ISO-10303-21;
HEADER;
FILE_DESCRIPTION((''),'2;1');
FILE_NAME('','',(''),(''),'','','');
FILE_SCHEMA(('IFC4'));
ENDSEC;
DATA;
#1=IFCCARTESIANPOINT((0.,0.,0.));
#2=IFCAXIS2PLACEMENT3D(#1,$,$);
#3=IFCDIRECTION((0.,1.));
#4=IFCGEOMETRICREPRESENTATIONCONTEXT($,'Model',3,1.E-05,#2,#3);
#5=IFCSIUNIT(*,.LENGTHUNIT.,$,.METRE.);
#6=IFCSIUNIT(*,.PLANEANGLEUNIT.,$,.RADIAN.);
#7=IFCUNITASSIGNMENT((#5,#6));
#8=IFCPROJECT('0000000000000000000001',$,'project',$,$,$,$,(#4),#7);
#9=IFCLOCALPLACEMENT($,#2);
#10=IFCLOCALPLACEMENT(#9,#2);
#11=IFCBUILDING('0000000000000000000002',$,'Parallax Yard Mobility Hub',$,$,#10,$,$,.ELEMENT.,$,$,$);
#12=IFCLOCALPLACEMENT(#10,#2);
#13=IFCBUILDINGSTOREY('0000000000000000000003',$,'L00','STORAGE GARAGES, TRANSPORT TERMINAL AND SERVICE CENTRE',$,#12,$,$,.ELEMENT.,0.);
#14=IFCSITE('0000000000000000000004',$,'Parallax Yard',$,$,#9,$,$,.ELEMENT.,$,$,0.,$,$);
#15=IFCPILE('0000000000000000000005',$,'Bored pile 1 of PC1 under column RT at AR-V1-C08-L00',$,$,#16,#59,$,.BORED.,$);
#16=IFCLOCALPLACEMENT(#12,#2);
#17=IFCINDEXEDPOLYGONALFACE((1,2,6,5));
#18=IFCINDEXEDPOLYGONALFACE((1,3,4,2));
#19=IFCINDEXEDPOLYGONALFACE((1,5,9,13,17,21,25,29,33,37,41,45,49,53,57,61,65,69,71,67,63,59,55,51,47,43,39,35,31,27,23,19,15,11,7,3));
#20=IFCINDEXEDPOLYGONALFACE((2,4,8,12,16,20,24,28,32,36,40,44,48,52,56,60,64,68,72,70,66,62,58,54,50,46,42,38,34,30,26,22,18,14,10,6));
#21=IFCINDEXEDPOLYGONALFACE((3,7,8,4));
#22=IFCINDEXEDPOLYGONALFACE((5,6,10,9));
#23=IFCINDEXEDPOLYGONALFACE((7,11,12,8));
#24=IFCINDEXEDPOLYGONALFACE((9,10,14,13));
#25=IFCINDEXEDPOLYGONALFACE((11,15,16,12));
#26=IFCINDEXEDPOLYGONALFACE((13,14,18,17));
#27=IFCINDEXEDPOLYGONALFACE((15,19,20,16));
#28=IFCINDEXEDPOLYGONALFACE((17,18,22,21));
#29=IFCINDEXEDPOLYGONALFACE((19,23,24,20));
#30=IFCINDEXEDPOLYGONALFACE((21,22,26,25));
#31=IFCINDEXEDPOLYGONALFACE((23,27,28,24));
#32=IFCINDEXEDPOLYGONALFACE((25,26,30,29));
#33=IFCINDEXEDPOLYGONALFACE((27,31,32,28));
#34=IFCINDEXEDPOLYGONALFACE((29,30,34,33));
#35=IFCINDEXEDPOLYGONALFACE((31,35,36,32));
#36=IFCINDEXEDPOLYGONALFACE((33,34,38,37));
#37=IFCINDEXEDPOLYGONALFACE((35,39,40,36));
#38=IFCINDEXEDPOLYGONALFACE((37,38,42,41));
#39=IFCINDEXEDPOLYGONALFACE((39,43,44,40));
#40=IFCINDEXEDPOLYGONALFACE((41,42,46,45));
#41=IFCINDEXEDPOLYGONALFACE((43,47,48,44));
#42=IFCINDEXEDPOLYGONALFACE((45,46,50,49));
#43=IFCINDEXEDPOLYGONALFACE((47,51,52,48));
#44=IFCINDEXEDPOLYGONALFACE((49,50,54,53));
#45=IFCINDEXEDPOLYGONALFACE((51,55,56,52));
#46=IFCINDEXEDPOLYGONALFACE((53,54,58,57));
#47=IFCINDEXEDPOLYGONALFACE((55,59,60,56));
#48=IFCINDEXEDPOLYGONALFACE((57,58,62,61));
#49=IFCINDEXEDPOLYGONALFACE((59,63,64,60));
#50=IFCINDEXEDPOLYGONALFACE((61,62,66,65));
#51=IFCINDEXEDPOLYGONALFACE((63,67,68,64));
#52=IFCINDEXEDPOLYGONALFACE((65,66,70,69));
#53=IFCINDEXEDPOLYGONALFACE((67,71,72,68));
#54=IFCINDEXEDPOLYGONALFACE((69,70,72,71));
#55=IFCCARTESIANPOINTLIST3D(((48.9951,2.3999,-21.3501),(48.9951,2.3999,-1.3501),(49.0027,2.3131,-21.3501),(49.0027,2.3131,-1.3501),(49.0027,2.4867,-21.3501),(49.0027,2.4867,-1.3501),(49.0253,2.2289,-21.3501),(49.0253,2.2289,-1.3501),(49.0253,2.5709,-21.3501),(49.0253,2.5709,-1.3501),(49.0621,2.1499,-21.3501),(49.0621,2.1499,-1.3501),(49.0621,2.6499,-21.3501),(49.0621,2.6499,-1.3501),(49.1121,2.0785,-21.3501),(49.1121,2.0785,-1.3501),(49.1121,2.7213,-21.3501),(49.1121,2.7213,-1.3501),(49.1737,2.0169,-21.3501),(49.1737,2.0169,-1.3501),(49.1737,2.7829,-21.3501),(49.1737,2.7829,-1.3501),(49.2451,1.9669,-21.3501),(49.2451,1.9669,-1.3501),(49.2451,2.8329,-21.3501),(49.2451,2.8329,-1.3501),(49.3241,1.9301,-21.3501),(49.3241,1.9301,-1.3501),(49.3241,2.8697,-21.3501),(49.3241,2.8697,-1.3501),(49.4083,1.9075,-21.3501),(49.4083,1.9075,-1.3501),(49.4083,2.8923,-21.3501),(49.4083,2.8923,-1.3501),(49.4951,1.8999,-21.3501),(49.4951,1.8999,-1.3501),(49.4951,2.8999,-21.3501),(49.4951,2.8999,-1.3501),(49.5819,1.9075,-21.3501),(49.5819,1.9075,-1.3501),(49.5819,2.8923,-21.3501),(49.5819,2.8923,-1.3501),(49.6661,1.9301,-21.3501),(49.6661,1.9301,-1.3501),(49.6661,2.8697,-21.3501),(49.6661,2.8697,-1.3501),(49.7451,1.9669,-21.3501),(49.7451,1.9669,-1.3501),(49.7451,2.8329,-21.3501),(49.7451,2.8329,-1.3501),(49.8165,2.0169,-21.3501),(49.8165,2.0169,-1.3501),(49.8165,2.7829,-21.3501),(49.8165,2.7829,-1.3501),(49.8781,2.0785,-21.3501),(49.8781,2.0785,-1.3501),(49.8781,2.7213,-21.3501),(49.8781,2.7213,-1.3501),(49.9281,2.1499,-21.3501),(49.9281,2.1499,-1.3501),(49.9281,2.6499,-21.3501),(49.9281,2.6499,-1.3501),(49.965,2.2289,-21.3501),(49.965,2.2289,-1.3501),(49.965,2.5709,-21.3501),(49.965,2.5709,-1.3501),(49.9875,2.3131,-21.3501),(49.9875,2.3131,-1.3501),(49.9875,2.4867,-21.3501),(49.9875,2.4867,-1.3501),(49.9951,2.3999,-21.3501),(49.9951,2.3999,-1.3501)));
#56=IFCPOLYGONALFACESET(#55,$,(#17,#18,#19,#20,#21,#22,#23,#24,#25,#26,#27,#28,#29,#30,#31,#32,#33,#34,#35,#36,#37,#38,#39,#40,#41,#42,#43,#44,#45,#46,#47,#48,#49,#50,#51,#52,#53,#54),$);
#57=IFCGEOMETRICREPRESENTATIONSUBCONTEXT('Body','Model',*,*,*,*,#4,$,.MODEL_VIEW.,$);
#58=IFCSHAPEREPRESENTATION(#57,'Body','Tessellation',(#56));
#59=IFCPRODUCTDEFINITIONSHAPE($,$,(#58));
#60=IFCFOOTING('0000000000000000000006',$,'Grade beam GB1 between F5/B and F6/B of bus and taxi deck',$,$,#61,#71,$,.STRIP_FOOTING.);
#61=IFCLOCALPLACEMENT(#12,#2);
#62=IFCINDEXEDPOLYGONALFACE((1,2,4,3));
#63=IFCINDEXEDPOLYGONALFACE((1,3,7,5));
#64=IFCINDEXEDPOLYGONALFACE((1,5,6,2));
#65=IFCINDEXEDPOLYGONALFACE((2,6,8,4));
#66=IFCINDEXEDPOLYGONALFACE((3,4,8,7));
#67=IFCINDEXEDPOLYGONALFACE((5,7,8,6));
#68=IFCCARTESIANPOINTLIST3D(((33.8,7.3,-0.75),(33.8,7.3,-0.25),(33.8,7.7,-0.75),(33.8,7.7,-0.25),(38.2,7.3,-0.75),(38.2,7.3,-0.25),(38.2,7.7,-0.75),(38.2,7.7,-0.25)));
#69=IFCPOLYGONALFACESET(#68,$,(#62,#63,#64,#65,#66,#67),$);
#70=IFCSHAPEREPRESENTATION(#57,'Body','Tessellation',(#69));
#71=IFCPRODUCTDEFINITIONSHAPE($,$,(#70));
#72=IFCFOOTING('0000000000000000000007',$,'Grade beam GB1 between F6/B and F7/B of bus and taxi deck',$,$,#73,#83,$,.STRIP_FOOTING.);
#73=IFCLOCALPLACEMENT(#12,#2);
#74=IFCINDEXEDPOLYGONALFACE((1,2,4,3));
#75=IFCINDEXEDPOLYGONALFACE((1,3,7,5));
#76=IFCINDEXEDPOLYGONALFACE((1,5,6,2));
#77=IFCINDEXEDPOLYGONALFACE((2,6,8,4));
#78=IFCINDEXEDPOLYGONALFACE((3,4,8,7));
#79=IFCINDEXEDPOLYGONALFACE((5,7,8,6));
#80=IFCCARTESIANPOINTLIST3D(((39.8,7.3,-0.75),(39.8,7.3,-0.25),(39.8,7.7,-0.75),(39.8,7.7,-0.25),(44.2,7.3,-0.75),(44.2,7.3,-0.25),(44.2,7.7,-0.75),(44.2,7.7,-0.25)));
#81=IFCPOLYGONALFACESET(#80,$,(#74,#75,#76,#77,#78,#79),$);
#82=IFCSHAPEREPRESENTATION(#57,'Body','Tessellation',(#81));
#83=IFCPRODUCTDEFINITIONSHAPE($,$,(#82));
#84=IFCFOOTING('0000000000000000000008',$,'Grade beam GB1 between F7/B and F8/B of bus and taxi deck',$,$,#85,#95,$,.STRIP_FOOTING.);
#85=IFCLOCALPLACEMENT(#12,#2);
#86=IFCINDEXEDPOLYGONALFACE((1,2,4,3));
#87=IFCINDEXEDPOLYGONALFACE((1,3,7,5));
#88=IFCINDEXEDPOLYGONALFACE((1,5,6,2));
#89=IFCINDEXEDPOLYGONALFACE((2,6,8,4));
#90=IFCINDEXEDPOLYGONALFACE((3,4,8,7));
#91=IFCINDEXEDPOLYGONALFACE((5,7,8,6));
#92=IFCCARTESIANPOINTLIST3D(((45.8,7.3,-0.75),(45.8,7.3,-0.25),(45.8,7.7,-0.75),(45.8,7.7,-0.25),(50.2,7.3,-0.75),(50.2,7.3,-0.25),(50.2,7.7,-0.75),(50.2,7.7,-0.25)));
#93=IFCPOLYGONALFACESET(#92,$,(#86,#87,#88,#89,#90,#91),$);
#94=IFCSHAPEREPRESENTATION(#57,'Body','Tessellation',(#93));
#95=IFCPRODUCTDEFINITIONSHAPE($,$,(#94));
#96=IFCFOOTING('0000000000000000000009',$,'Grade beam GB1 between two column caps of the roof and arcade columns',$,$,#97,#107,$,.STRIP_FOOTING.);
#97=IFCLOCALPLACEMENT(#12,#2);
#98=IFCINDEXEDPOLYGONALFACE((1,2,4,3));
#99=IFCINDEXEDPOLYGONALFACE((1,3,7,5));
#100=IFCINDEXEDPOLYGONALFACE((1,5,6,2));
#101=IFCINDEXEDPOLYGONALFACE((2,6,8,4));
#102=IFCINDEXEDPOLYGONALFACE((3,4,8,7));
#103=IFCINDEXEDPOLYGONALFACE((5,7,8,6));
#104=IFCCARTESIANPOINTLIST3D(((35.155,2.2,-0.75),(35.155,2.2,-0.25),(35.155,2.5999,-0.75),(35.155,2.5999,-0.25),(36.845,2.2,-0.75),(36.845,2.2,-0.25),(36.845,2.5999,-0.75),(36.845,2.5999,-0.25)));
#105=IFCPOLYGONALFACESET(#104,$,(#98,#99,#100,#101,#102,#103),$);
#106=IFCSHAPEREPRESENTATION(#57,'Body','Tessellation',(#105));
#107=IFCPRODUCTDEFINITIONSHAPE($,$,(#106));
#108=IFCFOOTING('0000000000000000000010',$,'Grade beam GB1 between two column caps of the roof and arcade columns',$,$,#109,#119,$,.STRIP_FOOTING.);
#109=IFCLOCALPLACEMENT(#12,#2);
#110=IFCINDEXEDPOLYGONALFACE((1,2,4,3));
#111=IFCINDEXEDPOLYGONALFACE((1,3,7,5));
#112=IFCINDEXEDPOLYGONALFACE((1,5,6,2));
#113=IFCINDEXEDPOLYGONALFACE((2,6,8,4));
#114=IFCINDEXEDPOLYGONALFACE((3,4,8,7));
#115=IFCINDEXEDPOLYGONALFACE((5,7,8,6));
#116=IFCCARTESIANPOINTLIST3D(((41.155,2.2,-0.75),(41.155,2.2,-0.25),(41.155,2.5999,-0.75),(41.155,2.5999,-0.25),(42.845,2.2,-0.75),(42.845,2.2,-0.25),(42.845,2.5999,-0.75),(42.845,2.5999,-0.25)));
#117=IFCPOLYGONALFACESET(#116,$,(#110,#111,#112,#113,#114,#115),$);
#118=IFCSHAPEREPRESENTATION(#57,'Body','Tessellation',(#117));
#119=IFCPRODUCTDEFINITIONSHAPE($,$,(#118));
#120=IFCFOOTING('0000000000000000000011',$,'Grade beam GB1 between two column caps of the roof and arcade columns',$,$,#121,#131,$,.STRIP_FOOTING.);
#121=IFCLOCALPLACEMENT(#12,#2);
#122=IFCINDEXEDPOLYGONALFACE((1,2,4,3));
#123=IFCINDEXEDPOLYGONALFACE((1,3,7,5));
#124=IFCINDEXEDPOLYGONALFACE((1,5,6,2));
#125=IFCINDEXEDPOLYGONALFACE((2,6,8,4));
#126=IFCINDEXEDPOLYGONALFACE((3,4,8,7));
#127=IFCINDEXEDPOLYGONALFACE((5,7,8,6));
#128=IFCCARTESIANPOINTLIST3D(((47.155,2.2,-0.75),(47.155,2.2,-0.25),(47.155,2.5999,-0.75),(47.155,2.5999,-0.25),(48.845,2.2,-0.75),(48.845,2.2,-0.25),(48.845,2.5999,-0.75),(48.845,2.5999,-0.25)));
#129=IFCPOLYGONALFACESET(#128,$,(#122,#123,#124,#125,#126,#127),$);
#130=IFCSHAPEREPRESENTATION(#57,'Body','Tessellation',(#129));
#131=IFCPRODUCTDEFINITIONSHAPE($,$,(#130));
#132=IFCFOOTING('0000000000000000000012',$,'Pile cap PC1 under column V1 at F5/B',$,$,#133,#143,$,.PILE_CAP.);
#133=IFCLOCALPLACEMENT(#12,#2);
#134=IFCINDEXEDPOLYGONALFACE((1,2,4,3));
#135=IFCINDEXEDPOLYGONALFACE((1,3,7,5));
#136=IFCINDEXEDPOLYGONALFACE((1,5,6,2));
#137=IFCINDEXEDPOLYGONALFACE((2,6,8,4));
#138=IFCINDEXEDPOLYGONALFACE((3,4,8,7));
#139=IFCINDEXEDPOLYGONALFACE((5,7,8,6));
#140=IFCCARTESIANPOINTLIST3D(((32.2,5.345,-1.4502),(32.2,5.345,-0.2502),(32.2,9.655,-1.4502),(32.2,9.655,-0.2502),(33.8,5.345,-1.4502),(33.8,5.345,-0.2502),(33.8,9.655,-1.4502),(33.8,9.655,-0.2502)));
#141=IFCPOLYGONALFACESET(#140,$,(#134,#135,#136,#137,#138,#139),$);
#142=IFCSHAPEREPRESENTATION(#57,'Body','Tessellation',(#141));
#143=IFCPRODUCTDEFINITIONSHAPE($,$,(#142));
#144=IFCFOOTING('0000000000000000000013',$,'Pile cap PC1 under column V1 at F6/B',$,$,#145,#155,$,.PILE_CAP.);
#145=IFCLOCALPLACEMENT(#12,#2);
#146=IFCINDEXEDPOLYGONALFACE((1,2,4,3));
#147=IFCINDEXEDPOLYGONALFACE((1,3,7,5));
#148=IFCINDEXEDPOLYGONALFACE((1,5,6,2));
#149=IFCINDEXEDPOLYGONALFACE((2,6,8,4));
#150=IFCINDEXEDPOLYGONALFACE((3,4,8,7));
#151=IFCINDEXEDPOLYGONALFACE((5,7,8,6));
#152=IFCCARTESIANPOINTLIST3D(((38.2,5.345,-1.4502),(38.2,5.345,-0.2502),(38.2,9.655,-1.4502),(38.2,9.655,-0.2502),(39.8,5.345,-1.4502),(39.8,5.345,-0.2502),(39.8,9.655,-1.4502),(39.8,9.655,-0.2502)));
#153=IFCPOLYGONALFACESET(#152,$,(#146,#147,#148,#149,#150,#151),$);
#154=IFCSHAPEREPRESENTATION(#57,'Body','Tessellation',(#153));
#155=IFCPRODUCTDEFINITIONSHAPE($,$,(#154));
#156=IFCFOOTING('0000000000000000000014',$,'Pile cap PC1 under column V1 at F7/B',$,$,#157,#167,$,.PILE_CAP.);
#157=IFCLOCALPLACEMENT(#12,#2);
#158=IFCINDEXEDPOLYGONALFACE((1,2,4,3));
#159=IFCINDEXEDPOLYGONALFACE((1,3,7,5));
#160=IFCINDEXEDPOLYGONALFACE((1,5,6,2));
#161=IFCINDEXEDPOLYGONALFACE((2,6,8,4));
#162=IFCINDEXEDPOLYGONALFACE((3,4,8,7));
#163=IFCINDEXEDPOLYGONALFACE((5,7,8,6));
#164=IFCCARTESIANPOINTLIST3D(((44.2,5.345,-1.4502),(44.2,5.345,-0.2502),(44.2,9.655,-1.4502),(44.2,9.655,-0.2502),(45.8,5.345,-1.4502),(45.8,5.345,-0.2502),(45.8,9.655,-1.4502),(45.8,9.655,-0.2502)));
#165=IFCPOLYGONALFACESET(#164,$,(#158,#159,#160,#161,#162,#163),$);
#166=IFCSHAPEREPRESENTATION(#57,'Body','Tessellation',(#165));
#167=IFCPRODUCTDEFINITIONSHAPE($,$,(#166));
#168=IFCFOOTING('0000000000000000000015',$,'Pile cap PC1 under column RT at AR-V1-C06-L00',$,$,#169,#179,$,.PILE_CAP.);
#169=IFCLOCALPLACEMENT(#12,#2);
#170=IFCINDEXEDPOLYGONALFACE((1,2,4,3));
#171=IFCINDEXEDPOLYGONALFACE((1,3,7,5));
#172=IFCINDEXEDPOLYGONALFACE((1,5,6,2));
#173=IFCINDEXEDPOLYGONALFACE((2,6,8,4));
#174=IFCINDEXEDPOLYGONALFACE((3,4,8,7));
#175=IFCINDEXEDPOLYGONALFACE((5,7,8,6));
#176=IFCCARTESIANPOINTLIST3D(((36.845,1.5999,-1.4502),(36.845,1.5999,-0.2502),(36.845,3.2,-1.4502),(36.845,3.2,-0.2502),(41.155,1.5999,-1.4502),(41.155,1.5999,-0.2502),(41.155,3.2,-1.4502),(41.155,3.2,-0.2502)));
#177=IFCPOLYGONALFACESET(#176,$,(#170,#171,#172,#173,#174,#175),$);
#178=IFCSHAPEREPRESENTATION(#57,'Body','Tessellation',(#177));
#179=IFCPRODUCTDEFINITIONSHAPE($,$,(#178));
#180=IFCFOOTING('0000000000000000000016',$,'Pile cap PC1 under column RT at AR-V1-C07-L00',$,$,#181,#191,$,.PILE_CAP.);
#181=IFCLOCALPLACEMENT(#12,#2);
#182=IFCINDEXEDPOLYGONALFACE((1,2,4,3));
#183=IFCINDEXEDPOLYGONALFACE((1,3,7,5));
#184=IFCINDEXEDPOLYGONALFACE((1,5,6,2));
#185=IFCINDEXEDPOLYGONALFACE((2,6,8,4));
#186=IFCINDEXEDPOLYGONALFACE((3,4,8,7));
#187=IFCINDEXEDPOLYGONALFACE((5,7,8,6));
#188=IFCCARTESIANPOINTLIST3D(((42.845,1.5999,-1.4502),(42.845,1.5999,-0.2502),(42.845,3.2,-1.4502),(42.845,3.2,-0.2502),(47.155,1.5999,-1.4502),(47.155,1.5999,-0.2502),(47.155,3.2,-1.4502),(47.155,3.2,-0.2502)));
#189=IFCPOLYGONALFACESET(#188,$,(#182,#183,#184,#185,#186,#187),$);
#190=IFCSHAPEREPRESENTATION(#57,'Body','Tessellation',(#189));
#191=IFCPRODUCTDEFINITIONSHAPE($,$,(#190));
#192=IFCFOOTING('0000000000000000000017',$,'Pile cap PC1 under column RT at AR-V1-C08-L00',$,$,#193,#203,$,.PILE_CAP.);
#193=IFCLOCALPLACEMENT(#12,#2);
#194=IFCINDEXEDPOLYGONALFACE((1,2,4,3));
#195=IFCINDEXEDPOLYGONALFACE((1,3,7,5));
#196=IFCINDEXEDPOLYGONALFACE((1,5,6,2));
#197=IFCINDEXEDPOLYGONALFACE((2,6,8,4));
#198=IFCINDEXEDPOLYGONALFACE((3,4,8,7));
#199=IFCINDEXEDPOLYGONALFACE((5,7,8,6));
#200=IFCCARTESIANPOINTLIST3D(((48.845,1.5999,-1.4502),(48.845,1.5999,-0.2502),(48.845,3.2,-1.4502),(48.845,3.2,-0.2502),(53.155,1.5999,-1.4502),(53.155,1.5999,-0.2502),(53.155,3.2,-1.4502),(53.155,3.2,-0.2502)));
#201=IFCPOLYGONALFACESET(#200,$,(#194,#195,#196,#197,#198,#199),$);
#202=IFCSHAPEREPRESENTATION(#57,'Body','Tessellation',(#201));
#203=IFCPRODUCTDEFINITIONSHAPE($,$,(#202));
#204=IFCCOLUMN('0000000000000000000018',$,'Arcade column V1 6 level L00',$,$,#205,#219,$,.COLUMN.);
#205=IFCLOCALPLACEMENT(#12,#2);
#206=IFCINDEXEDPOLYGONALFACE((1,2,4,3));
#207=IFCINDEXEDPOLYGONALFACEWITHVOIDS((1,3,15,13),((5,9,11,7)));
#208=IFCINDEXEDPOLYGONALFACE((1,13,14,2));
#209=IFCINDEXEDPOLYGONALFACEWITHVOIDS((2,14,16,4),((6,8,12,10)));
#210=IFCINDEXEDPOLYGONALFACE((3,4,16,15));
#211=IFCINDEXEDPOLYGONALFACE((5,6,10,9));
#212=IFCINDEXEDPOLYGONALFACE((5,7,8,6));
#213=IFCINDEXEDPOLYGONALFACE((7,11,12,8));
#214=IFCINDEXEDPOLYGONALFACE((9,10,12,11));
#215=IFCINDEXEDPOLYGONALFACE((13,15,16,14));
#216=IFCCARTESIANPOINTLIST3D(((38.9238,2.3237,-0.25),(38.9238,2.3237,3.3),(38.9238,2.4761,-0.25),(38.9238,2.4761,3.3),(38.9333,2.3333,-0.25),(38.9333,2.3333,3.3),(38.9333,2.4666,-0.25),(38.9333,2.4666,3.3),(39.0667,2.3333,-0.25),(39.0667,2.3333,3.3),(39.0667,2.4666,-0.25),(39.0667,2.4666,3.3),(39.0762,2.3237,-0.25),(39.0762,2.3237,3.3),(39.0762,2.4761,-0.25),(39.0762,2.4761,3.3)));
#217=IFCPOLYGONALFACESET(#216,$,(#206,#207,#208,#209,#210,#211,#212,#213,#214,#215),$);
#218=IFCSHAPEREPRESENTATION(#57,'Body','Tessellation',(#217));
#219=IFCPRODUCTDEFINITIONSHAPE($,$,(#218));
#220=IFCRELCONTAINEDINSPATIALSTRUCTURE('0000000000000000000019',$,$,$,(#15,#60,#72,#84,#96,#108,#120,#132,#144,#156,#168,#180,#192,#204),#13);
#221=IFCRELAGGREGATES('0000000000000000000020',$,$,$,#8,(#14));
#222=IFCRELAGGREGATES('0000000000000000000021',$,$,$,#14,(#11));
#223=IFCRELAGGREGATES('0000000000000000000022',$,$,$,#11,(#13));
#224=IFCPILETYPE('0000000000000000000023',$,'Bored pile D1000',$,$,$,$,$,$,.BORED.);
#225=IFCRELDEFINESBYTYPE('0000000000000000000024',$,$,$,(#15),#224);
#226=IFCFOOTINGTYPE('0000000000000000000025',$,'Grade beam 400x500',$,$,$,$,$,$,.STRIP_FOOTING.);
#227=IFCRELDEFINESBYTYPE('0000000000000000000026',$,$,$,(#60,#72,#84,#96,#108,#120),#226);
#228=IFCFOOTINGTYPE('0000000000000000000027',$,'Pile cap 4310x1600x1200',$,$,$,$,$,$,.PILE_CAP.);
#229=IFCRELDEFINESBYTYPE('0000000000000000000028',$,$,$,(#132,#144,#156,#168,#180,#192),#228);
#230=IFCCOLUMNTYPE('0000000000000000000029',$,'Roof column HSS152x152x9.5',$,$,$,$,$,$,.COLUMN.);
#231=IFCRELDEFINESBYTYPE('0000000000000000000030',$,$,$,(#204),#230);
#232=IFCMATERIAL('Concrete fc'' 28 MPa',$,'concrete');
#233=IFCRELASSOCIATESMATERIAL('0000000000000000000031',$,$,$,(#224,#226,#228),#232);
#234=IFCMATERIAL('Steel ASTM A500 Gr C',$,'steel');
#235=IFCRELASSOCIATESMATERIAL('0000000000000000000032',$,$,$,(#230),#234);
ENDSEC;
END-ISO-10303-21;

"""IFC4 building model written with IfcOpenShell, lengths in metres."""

from ifc_helpers import new_model, si_unit, direction, frame, origin, origin_2d, place, context, subcontext, project, spatial, rectangle, hollow_rectangle, circle, extrude, material, material_profile, profile_set, type_object, element, save


model = new_model("IFC4")

# Units and contexts
model_context = context("Model", 3, precision=1e-05, world=origin(), true_north=direction((0.0, 1.0)))
body_context = subcontext(model_context, "Body", "Model", "MODEL_VIEW")
ifc_project = project(units=[si_unit("LENGTHUNIT", "METRE"), si_unit("PLANEANGLEUNIT", "RADIAN")], contexts=[model_context])

# Site, building, storey
site_placement = place(None, origin())
site = spatial("IfcSite", under=ifc_project, at=site_placement, Name="Parallax Yard", CompositionType="ELEMENT", RefElevation=0.0)
building_placement = place(site_placement, origin())
building = spatial("IfcBuilding", under=site, at=building_placement, Name="Parallax Yard Mobility Hub", CompositionType="ELEMENT")
storey_placement = place(building_placement, origin())
storey = spatial("IfcBuildingStorey", under=building, at=storey_placement, Name="L00", Description="STORAGE GARAGES, TRANSPORT TERMINAL AND SERVICE CENTRE", CompositionType="ELEMENT", Elevation=0.0)

# Pile
ifc_material_1 = material(Name="Concrete fc' 28 MPa", Category="concrete")
ifc_material_profile_1 = material_profile(ifc_material_1, circle(Radius=0.5, at=origin_2d()), Name="Bored pile D1000")
ifc_profile_set_1 = profile_set([ifc_material_profile_1], Name="Concrete fc' 28 MPa")
pile_type = type_object("IfcPileType", Name="Bored pile D1000", PredefinedType="BORED", material=ifc_profile_set_1)
for number, where, z_axis, x_axis, name in (
    (1, (49.4951, 2.3999, -1.3501), (0.0, 0.0, -1.0), (1.0, 0.0, 0.0), "Bored pile 1 of PC1 under column RT at AR-V1-C08-L00"),
):
    element("IfcPile", number, at=place(storey_placement, frame(where, z_axis=z_axis, x_axis=x_axis)), inside=storey, type_object=pile_type, Name=name, PredefinedType="BORED", context=body_context, shape_type="SweptSolid", body=[
        extrude(circle(Radius=0.5, at=origin_2d()), origin(), (0.0, 0.0, 1.0), 20.0),
    ])

# Footings
ifc_material_profile_2 = material_profile(ifc_material_1, rectangle(XDim=0.3999, YDim=0.5, at=origin_2d()), Name="Grade beam 400x500")
ifc_profile_set_2 = profile_set([ifc_material_profile_2], Name="Concrete fc' 28 MPa")
footing_type_1 = type_object("IfcFootingType", Name="Grade beam 400x500", PredefinedType="STRIP_FOOTING", material=ifc_profile_set_2)
for number, where, z_axis, x_axis, name in (
    (2, (33.8, 7.5, -0.5), (1.0, 0.0, 0.0), (0.0, 1.0, 0.0), "Grade beam GB1 between F5/B and F6/B of bus and taxi deck"),
    (3, (39.8, 7.5, -0.5), (1.0, 0.0, 0.0), (0.0, 1.0, 0.0), "Grade beam GB1 between F6/B and F7/B of bus and taxi deck"),
    (4, (45.8, 7.5, -0.5), (1.0, 0.0, 0.0), (0.0, 1.0, 0.0), "Grade beam GB1 between F7/B and F8/B of bus and taxi deck"),
):
    element("IfcFooting", number, at=place(storey_placement, frame(where, z_axis=z_axis, x_axis=x_axis)), inside=storey, type_object=footing_type_1, Name=name, PredefinedType="STRIP_FOOTING", context=body_context, shape_type="SweptSolid", body=[
        extrude(rectangle(XDim=0.3999, YDim=0.5, at=origin_2d()), origin(), (0.0, 0.0, 1.0), 4.3999),
    ])
for number, where, z_axis, x_axis, name in (
    (5, (35.155, 2.3999, -0.5), (1.0, 0.0, 0.0), (0.0, 1.0, 0.0), "Grade beam GB1 between two column caps of the roof and arcade columns"),
    (6, (41.155, 2.3999, -0.5), (1.0, 0.0, 0.0), (0.0, 1.0, 0.0), "Grade beam GB1 between two column caps of the roof and arcade columns"),
    (7, (47.155, 2.3999, -0.5), (1.0, 0.0, 0.0), (0.0, 1.0, 0.0), "Grade beam GB1 between two column caps of the roof and arcade columns"),
):
    element("IfcFooting", number, at=place(storey_placement, frame(where, z_axis=z_axis, x_axis=x_axis)), inside=storey, type_object=footing_type_1, Name=name, PredefinedType="STRIP_FOOTING", context=body_context, shape_type="SweptSolid", body=[
        extrude(rectangle(XDim=0.3999, YDim=0.5, at=origin_2d()), origin(), (0.0, 0.0, 1.0), 1.6899),
    ])
footing_type_2 = type_object("IfcFootingType", Name="Pile cap 4310x1600x1200", PredefinedType="PILE_CAP", material=ifc_material_1)
for number, where, z_axis, x_axis, name in (
    (8, (33.0, 7.5, -1.4502), (0.0, 0.0, 1.0), (0.0, 1.0, 0.0), "Pile cap PC1 under column V1 at F5/B"),
    (9, (39.0, 7.5, -1.4502), (0.0, 0.0, 1.0), (0.0, 1.0, 0.0), "Pile cap PC1 under column V1 at F6/B"),
    (10, (45.0, 7.5, -1.4502), (0.0, 0.0, 1.0), (0.0, 1.0, 0.0), "Pile cap PC1 under column V1 at F7/B"),
    (11, (39.0, 2.3999, -1.4502), (0.0, 0.0, 1.0), (1.0, 0.0, 0.0), "Pile cap PC1 under column RT at AR-V1-C06-L00"),
    (12, (45.0, 2.3999, -1.4502), (0.0, 0.0, 1.0), (1.0, 0.0, 0.0), "Pile cap PC1 under column RT at AR-V1-C07-L00"),
    (13, (51.0, 2.3999, -1.4502), (0.0, 0.0, 1.0), (1.0, 0.0, 0.0), "Pile cap PC1 under column RT at AR-V1-C08-L00"),
):
    element("IfcFooting", number, at=place(storey_placement, frame(where, z_axis=z_axis, x_axis=x_axis)), inside=storey, type_object=footing_type_2, Name=name, PredefinedType="PILE_CAP", context=body_context, shape_type="SweptSolid", body=[
        extrude(rectangle(XDim=4.3101, YDim=1.6001, at=origin_2d()), origin(), (0.0, 0.0, 1.0), 1.2),
    ])

# Column
ifc_material_2 = material(Name="Steel ASTM A500 Gr C", Category="steel")
ifc_material_profile_3 = material_profile(ifc_material_2, hollow_rectangle(XDim=0.1523, YDim=0.1523, WallThickness=0.0095, at=origin_2d()), Name="HSS152x152x9.5")
ifc_profile_set_3 = profile_set([ifc_material_profile_3], Name="Steel ASTM A500 Gr C")
column_type_1 = type_object("IfcColumnType", Name="Roof column HSS152x152x9.5", PredefinedType="COLUMN", material=ifc_profile_set_3)
for number, where, z_axis, x_axis, name in (
    (14, (39.0, 2.3999, -0.25), (0.0, 0.0, 1.0), (1.0, 0.0, 0.0), "Arcade column V1 6 level L00"),
):
    element("IfcColumn", number, at=place(storey_placement, frame(where, z_axis=z_axis, x_axis=x_axis)), inside=storey, type_object=column_type_1, Name=name, PredefinedType="COLUMN", context=body_context, shape_type="SweptSolid", body=[
        extrude(hollow_rectangle(XDim=0.1523, YDim=0.1523, WallThickness=0.0095, at=origin_2d()), origin(), (0.0, 0.0, 1.0), 3.55),
    ])

save(model, "model.ifc")
